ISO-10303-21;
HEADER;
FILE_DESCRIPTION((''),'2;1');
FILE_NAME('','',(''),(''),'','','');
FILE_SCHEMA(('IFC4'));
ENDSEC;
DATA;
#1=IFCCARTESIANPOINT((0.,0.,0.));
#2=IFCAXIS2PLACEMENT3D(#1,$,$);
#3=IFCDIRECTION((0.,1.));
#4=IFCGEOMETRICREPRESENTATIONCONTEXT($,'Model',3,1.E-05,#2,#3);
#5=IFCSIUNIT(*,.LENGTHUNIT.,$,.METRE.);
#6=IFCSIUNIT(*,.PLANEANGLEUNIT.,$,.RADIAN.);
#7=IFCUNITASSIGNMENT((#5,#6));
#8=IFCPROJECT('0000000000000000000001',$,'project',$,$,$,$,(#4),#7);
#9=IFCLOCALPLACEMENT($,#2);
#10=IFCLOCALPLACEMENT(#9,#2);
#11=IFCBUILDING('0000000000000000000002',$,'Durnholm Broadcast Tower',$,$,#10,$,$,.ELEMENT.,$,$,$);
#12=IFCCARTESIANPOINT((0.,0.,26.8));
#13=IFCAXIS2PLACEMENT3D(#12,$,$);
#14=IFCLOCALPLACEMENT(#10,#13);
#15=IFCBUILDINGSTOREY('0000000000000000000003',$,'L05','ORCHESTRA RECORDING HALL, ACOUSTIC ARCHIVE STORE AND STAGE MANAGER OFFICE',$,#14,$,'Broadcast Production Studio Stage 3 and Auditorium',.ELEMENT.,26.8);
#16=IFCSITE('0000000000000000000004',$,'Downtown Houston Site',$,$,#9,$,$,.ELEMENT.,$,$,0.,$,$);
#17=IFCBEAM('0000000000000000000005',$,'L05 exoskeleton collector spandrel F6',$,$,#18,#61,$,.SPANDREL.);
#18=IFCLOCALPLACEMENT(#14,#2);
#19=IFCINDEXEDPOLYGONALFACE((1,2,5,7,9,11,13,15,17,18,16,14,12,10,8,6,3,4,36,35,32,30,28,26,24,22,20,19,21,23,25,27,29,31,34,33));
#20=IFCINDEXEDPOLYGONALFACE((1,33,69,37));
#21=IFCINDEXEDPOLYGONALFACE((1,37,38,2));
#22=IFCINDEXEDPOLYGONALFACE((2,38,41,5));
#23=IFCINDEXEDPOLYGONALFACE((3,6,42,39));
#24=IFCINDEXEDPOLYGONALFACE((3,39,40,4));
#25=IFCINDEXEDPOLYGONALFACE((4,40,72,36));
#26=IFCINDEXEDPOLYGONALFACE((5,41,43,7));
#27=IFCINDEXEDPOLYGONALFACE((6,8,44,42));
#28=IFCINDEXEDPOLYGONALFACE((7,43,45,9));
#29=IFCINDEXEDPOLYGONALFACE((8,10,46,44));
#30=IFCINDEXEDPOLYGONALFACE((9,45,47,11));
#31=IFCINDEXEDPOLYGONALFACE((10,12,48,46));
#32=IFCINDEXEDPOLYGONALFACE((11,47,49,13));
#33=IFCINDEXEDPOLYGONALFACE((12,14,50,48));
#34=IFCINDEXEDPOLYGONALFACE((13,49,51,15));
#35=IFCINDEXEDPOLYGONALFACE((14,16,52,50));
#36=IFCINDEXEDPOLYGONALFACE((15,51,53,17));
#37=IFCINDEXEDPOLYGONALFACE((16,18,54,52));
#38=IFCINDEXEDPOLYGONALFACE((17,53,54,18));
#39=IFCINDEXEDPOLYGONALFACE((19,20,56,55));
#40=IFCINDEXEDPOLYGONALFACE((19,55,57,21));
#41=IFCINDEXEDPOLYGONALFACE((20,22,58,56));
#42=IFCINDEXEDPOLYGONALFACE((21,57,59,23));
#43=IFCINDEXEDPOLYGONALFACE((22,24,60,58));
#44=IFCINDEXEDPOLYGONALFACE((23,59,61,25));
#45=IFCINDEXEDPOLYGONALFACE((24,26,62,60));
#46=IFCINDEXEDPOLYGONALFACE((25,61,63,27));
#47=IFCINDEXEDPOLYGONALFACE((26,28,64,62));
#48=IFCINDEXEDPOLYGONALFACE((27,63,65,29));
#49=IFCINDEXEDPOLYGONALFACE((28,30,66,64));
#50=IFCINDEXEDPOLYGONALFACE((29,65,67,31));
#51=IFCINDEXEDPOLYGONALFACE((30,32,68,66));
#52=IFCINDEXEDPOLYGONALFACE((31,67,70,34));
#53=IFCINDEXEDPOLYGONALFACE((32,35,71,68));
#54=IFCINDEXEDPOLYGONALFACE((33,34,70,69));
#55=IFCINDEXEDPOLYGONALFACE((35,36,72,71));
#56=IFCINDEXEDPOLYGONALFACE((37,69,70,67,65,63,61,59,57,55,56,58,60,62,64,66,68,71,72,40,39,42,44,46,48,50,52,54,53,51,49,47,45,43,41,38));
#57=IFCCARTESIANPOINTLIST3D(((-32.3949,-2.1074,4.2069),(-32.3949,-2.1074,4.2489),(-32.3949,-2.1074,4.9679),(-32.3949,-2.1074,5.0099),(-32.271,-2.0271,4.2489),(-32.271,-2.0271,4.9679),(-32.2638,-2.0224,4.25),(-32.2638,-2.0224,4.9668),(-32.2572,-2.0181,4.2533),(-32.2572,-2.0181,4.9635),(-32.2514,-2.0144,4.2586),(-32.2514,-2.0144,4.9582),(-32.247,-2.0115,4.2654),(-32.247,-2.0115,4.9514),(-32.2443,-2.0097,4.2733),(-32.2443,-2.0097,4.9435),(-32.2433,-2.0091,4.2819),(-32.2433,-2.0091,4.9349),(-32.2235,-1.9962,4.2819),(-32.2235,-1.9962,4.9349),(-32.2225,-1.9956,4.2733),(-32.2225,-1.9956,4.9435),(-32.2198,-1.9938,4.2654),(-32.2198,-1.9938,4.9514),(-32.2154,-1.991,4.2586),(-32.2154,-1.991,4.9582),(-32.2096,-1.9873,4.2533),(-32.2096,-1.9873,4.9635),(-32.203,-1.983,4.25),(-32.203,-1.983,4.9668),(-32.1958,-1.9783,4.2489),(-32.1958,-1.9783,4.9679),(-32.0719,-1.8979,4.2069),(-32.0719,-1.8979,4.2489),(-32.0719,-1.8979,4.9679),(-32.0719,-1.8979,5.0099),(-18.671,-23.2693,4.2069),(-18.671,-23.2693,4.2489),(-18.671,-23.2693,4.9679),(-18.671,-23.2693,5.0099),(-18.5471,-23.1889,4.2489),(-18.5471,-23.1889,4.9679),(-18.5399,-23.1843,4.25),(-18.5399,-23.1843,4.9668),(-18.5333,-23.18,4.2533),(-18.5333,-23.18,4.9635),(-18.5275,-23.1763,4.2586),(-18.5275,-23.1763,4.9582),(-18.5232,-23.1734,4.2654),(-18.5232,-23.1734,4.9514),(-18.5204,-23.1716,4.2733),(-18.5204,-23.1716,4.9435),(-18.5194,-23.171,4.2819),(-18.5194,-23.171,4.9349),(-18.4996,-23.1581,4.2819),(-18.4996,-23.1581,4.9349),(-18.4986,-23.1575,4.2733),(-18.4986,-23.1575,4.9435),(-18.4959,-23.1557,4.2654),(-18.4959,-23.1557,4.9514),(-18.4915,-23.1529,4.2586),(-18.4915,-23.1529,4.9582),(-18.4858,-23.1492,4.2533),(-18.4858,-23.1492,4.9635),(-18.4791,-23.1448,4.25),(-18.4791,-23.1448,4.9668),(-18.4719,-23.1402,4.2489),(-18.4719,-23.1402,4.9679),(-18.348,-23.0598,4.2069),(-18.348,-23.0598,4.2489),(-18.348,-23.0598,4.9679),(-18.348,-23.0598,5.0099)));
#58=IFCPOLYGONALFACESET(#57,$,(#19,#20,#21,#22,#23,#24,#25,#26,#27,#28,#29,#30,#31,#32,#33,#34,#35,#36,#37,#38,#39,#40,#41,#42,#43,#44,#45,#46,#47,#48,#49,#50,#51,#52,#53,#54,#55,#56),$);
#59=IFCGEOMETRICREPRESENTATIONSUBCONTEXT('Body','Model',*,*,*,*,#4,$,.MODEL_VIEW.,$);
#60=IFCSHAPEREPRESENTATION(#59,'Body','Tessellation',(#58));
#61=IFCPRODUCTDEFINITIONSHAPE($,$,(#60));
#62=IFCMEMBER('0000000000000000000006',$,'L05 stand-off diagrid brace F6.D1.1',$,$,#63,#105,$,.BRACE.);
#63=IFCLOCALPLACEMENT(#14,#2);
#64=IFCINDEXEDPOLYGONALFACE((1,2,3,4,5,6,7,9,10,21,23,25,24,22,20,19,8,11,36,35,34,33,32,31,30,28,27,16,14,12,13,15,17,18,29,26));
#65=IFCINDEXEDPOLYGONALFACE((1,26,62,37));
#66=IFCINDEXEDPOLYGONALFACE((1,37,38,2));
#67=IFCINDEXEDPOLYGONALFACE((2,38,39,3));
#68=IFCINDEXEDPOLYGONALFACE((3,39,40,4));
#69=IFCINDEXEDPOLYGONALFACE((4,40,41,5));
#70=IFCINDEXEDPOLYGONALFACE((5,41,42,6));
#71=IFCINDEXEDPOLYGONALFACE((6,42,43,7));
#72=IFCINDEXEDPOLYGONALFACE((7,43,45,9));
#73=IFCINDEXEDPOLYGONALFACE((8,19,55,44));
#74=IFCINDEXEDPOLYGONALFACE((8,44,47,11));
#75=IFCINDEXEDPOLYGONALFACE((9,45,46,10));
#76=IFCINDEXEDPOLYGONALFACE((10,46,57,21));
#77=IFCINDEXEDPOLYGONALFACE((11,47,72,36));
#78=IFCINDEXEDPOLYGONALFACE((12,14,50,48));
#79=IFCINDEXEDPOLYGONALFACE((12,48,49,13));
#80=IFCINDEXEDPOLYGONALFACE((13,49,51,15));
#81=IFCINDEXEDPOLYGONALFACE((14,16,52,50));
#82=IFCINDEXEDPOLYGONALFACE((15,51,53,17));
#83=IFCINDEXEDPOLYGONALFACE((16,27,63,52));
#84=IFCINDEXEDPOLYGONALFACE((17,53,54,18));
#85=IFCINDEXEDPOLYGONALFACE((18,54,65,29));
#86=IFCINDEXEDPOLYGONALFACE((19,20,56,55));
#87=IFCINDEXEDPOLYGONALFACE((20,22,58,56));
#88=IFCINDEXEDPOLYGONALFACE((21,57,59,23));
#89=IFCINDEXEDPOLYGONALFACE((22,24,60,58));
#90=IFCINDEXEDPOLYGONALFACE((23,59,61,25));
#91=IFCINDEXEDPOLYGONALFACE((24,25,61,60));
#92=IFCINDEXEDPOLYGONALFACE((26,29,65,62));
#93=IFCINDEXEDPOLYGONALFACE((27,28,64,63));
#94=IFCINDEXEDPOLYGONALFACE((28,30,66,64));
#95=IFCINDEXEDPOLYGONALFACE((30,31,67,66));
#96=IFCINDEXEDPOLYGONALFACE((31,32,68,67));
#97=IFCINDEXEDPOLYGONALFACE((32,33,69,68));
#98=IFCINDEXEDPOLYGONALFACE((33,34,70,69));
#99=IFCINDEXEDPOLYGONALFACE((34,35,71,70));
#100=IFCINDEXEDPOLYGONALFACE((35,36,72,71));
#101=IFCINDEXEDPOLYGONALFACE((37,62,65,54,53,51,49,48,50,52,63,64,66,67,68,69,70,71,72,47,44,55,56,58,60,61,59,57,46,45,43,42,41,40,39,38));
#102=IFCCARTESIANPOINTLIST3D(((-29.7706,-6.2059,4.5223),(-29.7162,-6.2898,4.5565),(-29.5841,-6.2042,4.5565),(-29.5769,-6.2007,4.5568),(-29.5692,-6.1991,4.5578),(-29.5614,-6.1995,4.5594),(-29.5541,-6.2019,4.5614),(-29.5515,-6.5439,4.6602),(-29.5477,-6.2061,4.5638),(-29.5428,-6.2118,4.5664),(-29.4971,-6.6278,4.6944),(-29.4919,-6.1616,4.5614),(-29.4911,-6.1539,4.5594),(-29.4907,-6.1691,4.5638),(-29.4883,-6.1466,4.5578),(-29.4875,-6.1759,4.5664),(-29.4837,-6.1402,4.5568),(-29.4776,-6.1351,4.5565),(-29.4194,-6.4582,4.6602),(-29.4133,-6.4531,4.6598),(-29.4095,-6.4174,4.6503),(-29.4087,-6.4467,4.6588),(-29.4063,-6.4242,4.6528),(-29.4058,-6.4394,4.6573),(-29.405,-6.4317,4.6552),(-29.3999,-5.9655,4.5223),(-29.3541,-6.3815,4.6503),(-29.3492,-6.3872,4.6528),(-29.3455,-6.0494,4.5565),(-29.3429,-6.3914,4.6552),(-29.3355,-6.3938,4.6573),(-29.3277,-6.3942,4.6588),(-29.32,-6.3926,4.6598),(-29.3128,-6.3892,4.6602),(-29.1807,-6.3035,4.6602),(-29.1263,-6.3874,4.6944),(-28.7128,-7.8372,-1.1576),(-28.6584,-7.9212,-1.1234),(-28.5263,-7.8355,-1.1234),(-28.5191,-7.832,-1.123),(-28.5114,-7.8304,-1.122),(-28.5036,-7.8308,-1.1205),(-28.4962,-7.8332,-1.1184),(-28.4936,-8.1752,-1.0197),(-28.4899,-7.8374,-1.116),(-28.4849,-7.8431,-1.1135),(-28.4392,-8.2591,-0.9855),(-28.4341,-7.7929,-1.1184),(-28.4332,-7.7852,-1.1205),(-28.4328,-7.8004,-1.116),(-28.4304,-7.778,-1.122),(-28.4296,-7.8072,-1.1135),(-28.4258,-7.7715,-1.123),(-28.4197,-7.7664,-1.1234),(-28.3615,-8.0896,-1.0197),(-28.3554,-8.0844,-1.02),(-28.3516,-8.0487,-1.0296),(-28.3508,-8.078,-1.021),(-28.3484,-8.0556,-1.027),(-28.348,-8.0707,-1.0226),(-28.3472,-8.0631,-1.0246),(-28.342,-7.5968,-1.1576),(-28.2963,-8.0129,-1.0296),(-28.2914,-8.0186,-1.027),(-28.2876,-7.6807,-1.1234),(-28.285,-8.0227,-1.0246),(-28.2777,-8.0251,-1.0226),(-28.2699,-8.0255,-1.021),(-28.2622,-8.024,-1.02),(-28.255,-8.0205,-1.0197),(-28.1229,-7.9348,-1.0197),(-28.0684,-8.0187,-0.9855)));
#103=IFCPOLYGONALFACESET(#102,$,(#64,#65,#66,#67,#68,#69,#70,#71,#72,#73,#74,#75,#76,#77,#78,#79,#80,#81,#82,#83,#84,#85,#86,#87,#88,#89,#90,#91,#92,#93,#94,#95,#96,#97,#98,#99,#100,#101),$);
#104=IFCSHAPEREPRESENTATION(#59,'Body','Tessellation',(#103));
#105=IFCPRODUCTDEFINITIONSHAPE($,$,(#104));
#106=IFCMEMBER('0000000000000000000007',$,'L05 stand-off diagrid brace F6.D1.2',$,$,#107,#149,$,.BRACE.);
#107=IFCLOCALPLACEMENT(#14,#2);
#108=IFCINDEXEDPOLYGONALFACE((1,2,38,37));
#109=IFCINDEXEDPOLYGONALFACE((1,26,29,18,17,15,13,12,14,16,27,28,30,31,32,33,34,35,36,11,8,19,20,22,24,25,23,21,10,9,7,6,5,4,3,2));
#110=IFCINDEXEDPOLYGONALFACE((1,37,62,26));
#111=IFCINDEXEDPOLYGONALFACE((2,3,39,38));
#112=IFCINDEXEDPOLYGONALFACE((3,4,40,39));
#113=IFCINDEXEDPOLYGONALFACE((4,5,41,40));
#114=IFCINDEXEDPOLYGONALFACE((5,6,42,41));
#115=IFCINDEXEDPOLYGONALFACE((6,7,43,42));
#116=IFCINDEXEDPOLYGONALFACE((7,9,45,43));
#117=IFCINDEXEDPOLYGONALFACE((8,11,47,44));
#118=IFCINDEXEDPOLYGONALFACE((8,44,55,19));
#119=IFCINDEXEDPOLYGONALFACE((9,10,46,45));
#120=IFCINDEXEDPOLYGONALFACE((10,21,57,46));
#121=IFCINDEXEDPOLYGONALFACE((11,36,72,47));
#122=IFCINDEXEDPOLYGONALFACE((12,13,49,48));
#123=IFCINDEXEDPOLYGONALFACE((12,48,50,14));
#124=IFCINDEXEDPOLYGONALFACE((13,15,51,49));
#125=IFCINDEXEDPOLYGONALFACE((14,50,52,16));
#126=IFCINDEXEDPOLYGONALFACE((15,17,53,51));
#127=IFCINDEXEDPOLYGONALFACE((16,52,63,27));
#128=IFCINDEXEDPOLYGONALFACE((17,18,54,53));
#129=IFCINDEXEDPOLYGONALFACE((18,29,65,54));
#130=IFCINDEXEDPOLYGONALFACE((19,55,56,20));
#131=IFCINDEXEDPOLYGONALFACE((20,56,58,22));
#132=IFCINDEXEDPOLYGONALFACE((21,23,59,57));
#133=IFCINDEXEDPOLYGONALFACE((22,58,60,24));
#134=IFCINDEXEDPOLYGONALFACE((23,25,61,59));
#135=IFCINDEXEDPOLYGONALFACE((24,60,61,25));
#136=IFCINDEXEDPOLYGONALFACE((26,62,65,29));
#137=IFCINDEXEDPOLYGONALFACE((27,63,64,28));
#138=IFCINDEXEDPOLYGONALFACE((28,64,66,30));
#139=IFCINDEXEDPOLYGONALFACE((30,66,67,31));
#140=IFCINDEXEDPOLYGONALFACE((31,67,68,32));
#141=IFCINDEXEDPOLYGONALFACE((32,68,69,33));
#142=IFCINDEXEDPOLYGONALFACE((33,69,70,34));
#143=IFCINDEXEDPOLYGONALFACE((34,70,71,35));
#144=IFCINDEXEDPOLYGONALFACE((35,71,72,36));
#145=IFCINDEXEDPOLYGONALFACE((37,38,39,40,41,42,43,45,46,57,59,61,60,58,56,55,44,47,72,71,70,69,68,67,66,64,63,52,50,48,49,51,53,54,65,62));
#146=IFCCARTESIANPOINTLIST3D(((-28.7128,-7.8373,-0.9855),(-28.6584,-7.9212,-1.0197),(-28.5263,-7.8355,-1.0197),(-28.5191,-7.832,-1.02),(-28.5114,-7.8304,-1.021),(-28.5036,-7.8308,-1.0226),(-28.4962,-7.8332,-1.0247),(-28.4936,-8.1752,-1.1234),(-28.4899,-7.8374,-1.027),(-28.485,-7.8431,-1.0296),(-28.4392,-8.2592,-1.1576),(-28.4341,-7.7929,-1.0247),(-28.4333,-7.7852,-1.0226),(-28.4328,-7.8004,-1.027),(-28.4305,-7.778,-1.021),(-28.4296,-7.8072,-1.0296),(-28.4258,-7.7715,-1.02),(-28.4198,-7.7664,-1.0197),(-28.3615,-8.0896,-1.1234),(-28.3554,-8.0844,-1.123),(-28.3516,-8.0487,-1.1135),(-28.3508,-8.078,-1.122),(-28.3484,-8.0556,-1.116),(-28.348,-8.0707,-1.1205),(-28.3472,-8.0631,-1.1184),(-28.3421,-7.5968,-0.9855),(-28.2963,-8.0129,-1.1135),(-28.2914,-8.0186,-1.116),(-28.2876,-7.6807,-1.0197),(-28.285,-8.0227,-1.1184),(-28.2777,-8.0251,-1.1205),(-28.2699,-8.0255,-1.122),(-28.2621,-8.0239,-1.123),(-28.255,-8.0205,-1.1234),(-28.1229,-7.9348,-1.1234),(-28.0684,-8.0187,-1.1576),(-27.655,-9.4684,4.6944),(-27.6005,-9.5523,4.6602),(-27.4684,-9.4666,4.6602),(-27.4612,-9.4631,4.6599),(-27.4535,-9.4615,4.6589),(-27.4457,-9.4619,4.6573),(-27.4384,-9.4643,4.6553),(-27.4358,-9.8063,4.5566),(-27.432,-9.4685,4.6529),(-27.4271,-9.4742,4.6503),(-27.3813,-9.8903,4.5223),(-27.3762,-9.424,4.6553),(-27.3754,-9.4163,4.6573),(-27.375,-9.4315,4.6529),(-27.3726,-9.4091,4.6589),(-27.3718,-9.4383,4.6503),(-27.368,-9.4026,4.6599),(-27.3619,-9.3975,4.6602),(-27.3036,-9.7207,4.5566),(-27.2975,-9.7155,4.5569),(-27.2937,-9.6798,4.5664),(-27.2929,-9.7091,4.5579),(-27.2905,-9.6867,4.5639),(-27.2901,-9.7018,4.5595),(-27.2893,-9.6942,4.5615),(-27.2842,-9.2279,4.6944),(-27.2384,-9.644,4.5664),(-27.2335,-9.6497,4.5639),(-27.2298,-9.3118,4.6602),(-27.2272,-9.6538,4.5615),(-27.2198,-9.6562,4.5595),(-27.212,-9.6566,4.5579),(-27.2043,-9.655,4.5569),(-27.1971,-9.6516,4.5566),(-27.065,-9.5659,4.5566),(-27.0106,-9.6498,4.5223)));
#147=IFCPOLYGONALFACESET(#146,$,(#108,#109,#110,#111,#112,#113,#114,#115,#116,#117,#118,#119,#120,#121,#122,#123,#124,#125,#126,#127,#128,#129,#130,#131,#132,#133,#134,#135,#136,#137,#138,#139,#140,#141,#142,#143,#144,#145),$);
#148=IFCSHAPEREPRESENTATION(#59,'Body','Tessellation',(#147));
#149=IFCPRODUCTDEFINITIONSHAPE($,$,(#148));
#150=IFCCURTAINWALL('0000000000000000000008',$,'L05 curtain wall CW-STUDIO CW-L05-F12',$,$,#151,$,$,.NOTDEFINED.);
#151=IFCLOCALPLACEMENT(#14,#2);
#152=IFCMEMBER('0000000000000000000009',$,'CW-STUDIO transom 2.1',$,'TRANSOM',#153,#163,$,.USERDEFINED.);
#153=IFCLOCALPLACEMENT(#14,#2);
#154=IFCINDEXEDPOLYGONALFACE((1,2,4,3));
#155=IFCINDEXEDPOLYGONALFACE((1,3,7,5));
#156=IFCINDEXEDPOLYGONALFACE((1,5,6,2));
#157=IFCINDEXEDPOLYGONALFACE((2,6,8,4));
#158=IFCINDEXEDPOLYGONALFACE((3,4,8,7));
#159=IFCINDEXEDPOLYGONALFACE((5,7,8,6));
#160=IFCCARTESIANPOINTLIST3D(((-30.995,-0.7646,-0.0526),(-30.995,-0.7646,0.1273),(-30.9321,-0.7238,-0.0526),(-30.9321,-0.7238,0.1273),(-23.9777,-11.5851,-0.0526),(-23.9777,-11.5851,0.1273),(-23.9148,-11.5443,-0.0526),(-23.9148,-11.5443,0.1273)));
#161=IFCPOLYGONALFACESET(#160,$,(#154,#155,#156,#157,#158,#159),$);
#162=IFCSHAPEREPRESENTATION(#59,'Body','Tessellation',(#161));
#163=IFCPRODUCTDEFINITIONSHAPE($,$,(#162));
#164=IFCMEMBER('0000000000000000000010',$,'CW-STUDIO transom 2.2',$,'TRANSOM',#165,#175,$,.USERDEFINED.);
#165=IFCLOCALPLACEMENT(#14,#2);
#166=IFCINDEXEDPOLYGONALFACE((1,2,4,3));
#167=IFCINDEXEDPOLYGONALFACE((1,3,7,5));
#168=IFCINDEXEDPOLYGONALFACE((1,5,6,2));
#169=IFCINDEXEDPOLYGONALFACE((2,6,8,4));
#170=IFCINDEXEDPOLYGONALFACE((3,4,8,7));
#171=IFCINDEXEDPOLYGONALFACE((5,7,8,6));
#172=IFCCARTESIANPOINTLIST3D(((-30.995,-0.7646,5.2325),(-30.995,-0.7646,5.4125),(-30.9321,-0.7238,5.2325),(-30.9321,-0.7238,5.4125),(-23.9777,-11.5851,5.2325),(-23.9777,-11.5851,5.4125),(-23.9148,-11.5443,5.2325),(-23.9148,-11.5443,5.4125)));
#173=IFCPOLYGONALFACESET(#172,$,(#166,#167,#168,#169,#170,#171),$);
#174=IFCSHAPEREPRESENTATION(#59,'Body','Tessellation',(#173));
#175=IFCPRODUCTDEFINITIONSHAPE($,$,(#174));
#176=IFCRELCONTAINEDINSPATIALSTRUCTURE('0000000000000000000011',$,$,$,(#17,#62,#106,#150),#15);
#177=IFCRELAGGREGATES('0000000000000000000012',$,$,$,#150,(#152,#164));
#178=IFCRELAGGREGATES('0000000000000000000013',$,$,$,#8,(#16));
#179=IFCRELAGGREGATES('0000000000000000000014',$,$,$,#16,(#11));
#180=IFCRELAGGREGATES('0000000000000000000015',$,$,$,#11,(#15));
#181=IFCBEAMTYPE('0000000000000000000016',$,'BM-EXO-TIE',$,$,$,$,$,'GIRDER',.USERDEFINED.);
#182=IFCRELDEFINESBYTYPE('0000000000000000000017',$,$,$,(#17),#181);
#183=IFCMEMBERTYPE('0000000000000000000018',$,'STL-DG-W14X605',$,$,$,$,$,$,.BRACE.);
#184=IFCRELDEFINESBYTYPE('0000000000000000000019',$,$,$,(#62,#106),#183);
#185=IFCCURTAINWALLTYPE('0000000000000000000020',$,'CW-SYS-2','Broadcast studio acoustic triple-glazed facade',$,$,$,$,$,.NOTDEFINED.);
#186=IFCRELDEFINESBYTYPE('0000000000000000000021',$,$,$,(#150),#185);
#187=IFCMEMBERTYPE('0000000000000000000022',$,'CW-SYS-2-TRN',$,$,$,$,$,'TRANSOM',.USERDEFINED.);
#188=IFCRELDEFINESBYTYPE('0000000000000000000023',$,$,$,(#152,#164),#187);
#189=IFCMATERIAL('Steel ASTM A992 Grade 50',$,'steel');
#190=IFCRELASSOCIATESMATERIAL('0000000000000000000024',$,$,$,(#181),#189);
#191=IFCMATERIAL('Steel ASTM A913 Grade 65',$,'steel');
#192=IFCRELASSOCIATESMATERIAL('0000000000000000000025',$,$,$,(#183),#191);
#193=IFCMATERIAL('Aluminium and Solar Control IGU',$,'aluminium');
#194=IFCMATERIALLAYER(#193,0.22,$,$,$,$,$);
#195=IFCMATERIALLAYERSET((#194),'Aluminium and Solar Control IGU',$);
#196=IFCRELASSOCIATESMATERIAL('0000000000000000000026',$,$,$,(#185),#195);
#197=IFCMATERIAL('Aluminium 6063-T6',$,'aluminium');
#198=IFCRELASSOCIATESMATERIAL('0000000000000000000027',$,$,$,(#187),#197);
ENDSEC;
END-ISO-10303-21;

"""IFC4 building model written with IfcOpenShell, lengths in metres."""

from ifc_helpers import new_model, si_unit, direction, frame, origin, origin_2d, place, context, subcontext, project, spatial, rectangle, i_section, extrude, source, transform, mapped, material, layer, layer_set, material_profile, profile_set, type_object, type_shapes, element, aggregate, save


model = new_model("IFC4")

# Units and contexts
model_context = context("Model", 3, precision=1e-05, world=origin(), true_north=direction((0.0, 1.0)))
body_context = subcontext(model_context, "Body", "Model", "MODEL_VIEW")
ifc_project = project(units=[si_unit("LENGTHUNIT", "METRE"), si_unit("PLANEANGLEUNIT", "RADIAN")], contexts=[model_context])

# Site, building, storey
site_placement = place(None, origin())
site = spatial("IfcSite", under=ifc_project, at=site_placement, Name="Downtown Houston Site", CompositionType="ELEMENT", RefElevation=0.0)
building_placement = place(site_placement, origin())
building = spatial("IfcBuilding", under=site, at=building_placement, Name="Durnholm Broadcast Tower", CompositionType="ELEMENT")
storey_placement = place(building_placement, frame((0.0, 0.0, 26.8)))
storey = spatial("IfcBuildingStorey", under=building, at=storey_placement, Name="L05", Description="ORCHESTRA RECORDING HALL, ACOUSTIC ARCHIVE STORE AND STAGE MANAGER OFFICE", LongName="Broadcast Production Studio Stage 3 and Auditorium", CompositionType="ELEMENT", Elevation=26.8)

# Beam
ifc_material_1 = material(Name="Steel ASTM A992 Grade 50", Category="steel")
ifc_material_profile_1 = material_profile(ifc_material_1, i_section(OverallWidth=0.385, OverallDepth=0.803, WebThickness=0.0237, FlangeThickness=0.042, FilletRadius=0.033, at=origin_2d()), Name="W30X261")
ifc_profile_set_1 = profile_set([ifc_material_profile_1], Name="Steel ASTM A992 Grade 50")
beam_type = type_object("IfcBeamType", Name="BM-EXO-TIE", ElementType="GIRDER", PredefinedType="USERDEFINED", material=ifc_profile_set_1)
shared_shape_1 = source(origin(), body_context, "Body", "SweptSolid", [
    extrude(i_section(OverallWidth=0.385, OverallDepth=0.803, WebThickness=0.0237, FlangeThickness=0.042, FilletRadius=0.033, at=origin_2d()), origin(), (0.0, 0.0, 1.0), 25.2224),
])
type_shapes(beam_type, [shared_shape_1])
beam_placement = place(storey_placement, frame((-32.2334, -2.0027, 4.6084), z_axis=(0.544115, -0.839011, 0.0), x_axis=(0.839011, 0.544115, 0.0)))
element("IfcBeam", 1, at=beam_placement, inside=storey, type_object=beam_type, Name="L05 exoskeleton collector spandrel F6", PredefinedType="SPANDREL", context=body_context, shape_type="MappedRepresentation", body=[
    mapped(shared_shape_1, transform((0.0, 0.0, 0.0), x_axis=(1.0, 0.0, 0.0), y_axis=(0.0, 1.0, 0.0), z_axis=(0.0, 0.0, 1.0), scale=1.0)),
])

# Members
ifc_material_2 = material(Name="Steel ASTM A913 Grade 65", Category="steel")
ifc_material_profile_2 = material_profile(ifc_material_2, i_section(OverallWidth=0.4419, OverallDepth=0.5315, WebThickness=0.0659, FlangeThickness=0.1057, FilletRadius=0.0305, at=origin_2d()), Name="W14X605")
ifc_profile_set_2 = profile_set([ifc_material_profile_2], Name="Steel ASTM A913 Grade 65")
member_type_1 = type_object("IfcMemberType", Name="STL-DG-W14X605", PredefinedType="BRACE", material=ifc_profile_set_2)
shared_shape_2 = source(origin(), body_context, "Body", "SweptSolid", [
    extrude(i_section(OverallWidth=0.4419, OverallDepth=0.5315, WebThickness=0.0659, FlangeThickness=0.1057, FilletRadius=0.0305, at=origin_2d()), origin(), (0.0, 0.0, 1.0), 6.0034),
])
type_shapes(member_type_1, [shared_shape_2])
for number, where, z_axis, x_axis, name in (
    (2, (-28.3906, -7.928, -1.0715), (-0.176207, 0.271733, 0.946104), (-0.839034, -0.544079, 0.0), "L05 stand-off diagrid brace F6.D1.1"),
    (3, (-28.3906, -7.928, -1.0715), (0.176209, -0.271695, 0.946114), (0.838997, 0.544136, 0.0), "L05 stand-off diagrid brace F6.D1.2"),
):
    element("IfcMember", number, at=place(storey_placement, frame(where, z_axis=z_axis, x_axis=x_axis)), inside=storey, type_object=member_type_1, Name=name, PredefinedType="BRACE", context=body_context, shape_type="MappedRepresentation", body=[
        mapped(shared_shape_2, transform((0.0, 0.0, 0.0), x_axis=(1.0, 0.0, 0.0), y_axis=(0.0, 1.0, 0.0), z_axis=(0.0, 0.0, 1.0), scale=1.0)),
    ])

# Curtain wall, members
ifc_material_3 = material(Name="Aluminium and Solar Control IGU", Category="aluminium")
ifc_layer_1 = layer(ifc_material_3, 0.22)
ifc_layer_set_1 = layer_set([ifc_layer_1], Name="Aluminium and Solar Control IGU")
curtain_wall_type_1 = type_object("IfcCurtainWallType", Name="CW-SYS-2", Description="Broadcast studio acoustic triple-glazed facade", PredefinedType="NOTDEFINED", material=ifc_layer_set_1)
curtain_wall_1_placement = place(storey_placement, origin())
curtain_wall_1 = element("IfcCurtainWall", 4, at=curtain_wall_1_placement, inside=storey, type_object=curtain_wall_type_1, Name="L05 curtain wall CW-STUDIO CW-L05-F12", PredefinedType="NOTDEFINED")
ifc_material_4 = material(Name="Aluminium 6063-T6", Category="aluminium")
ifc_material_profile_3 = material_profile(ifc_material_4, rectangle(XDim=0.075, YDim=0.1799, at=origin_2d()), Name="CWT75X180")
ifc_profile_set_3 = profile_set([ifc_material_profile_3], Name="Aluminium 6063-T6")
member_type_2 = type_object("IfcMemberType", Name="CW-SYS-2-TRN", ElementType="TRANSOM", PredefinedType="USERDEFINED", material=ifc_profile_set_3)
shared_shape_3 = source(origin(), body_context, "Body", "SweptSolid", [
    extrude(rectangle(XDim=0.075, YDim=0.1799, at=origin_2d()), origin(), (0.0, 0.0, 1.0), 12.8967),
])
type_shapes(member_type_2, [shared_shape_3])
member_1_placement = place(storey_placement, frame((-23.9463, -11.5647, 0.0374), z_axis=(-0.544114, 0.839011, 0.0), x_axis=(-0.839011, -0.544114, 0.0)))
member_1 = element("IfcMember", 5, at=member_1_placement, type_object=member_type_2, Name="CW-STUDIO transom 2.1", ObjectType="TRANSOM", PredefinedType="USERDEFINED", context=body_context, shape_type="MappedRepresentation", body=[
    mapped(shared_shape_3, transform((0.0, 0.0, 0.0), x_axis=(1.0, 0.0, 0.0), y_axis=(0.0, 1.0, 0.0), z_axis=(0.0, 0.0, 1.0), scale=1.0)),
])
member_2_placement = place(storey_placement, frame((-23.9463, -11.5647, 5.3225), z_axis=(-0.544114, 0.839011, 0.0), x_axis=(-0.839011, -0.544114, 0.0)))
member_2 = element("IfcMember", 6, at=member_2_placement, type_object=member_type_2, Name="CW-STUDIO transom 2.2", ObjectType="TRANSOM", PredefinedType="USERDEFINED", context=body_context, shape_type="MappedRepresentation", body=[
    mapped(shared_shape_3, transform((0.0, 0.0, 0.0), x_axis=(1.0, 0.0, 0.0), y_axis=(0.0, 1.0, 0.0), z_axis=(0.0, 0.0, 1.0), scale=1.0)),
])

aggregate(curtain_wall_1, [member_1, member_2])

save(model, "model.ifc")
